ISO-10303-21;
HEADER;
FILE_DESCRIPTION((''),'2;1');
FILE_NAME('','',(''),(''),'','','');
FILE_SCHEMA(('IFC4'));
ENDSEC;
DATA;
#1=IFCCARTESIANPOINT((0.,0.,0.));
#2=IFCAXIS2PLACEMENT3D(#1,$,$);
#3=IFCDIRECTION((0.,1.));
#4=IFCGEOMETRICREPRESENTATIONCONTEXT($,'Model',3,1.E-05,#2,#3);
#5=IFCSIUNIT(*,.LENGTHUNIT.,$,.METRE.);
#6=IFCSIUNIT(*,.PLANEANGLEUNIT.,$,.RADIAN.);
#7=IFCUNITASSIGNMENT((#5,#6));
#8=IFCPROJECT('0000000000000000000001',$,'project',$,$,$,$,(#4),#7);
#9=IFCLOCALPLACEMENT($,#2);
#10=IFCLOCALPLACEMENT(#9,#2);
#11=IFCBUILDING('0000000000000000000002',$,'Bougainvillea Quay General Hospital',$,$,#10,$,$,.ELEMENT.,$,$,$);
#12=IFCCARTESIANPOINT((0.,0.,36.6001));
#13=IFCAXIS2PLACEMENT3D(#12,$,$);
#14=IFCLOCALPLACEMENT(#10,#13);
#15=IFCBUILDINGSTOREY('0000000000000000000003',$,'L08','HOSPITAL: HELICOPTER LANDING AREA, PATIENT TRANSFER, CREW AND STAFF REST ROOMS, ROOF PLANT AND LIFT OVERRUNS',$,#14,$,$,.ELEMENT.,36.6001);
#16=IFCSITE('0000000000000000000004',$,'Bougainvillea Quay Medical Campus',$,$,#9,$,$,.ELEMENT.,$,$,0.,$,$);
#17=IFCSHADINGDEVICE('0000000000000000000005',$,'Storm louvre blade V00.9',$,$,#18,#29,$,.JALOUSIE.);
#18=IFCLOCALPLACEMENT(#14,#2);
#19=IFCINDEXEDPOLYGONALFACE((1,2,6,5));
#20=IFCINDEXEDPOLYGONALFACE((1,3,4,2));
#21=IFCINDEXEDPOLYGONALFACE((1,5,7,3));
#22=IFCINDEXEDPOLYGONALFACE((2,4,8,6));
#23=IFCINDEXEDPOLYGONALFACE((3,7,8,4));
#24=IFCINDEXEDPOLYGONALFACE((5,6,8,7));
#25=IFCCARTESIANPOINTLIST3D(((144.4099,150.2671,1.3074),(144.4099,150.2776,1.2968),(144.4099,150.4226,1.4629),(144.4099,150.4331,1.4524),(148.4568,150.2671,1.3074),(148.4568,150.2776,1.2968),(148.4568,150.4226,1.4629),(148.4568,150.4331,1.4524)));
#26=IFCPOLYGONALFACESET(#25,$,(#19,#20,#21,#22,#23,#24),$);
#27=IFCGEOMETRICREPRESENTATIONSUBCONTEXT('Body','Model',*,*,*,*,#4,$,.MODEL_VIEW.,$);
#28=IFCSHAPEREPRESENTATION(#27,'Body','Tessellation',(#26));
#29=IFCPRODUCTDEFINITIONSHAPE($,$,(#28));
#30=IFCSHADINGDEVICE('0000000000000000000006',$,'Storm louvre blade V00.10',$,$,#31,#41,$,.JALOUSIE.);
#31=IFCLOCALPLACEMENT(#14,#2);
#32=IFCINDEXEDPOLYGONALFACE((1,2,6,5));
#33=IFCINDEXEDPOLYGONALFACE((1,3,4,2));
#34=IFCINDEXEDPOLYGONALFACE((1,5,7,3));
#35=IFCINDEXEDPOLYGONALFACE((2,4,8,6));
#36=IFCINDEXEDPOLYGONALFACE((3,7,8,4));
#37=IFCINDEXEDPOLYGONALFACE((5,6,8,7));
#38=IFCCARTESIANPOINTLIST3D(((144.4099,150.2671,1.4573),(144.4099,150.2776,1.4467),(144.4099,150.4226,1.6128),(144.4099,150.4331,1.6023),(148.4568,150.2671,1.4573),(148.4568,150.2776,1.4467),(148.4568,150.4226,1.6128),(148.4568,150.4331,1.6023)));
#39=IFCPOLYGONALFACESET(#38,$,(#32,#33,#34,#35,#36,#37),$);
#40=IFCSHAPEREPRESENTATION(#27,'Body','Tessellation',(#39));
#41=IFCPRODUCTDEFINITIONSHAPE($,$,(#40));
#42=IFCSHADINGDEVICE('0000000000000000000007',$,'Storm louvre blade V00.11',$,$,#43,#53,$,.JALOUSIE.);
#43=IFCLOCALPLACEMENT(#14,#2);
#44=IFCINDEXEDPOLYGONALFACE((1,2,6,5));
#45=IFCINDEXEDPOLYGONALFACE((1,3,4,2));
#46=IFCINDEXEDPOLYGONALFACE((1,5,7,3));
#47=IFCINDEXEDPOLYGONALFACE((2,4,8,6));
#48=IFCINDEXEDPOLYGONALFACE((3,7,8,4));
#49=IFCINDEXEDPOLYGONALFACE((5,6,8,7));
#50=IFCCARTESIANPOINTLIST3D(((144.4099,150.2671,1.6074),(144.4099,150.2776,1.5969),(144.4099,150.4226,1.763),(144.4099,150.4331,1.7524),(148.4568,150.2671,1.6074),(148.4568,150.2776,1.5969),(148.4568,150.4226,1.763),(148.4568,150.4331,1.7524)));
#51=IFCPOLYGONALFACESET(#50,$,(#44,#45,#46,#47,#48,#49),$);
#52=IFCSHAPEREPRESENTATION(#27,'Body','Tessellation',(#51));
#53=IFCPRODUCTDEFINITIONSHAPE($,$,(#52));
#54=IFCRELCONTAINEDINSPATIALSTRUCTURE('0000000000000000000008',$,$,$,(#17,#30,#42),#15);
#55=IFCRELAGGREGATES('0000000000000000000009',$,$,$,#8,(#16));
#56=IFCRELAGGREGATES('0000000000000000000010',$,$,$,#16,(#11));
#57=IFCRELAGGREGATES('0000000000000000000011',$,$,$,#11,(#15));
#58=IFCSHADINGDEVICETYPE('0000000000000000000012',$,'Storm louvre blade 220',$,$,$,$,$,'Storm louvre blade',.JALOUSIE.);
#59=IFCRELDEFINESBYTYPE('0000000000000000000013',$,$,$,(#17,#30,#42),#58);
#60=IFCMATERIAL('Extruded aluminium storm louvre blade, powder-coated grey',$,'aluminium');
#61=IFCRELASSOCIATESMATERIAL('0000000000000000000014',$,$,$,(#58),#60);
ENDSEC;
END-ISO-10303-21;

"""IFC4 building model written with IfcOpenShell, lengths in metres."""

from ifc_helpers import new_model, si_unit, direction, frame, origin, origin_2d, place, context, subcontext, project, spatial, rectangle, extrude, material, material_profile, profile_set, type_object, element, save


model = new_model("IFC4")

# Units and contexts
model_context = context("Model", 3, precision=1e-05, world=origin(), true_north=direction((0.0, 1.0)))
body_context = subcontext(model_context, "Body", "Model", "MODEL_VIEW")
ifc_project = project(units=[si_unit("LENGTHUNIT", "METRE"), si_unit("PLANEANGLEUNIT", "RADIAN")], contexts=[model_context])

# Site, building, storey
site_placement = place(None, origin())
site = spatial("IfcSite", under=ifc_project, at=site_placement, Name="Bougainvillea Quay Medical Campus", CompositionType="ELEMENT", RefElevation=0.0)
building_placement = place(site_placement, origin())
building = spatial("IfcBuilding", under=site, at=building_placement, Name="Bougainvillea Quay General Hospital", CompositionType="ELEMENT")
storey_placement = place(building_placement, frame((0.0, 0.0, 36.6001)))
storey = spatial("IfcBuildingStorey", under=building, at=storey_placement, Name="L08", Description="HOSPITAL: HELICOPTER LANDING AREA, PATIENT TRANSFER, CREW AND STAFF REST ROOMS, ROOF PLANT AND LIFT OVERRUNS", CompositionType="ELEMENT", Elevation=36.6001)

# Shading devices
ifc_material_1 = material(Name="Extruded aluminium storm louvre blade, powder-coated grey", Category="aluminium")
ifc_material_profile_1 = material_profile(ifc_material_1, rectangle(XDim=0.22, YDim=0.0149, at=origin_2d()))
ifc_profile_set_1 = profile_set([ifc_material_profile_1], Name="Extruded aluminium storm louvre blade, powder-coated grey")
shading_device_type_1 = type_object("IfcShadingDeviceType", Name="Storm louvre blade 220", ElementType="Storm louvre blade", PredefinedType="JALOUSIE", material=ifc_profile_set_1)
for number, where, z_axis, x_axis, name in (
    (1, (144.4099, 150.3501, 1.3799), (1.0, 0.0, 0.0), (0.0, 0.707107, 0.707107), "Storm louvre blade V00.9"),
    (2, (144.4099, 150.3501, 1.5298), (1.0, 0.0, 0.0), (0.0, 0.707107, 0.707107), "Storm louvre blade V00.10"),
    (3, (144.4099, 150.3501, 1.6799), (1.0, 0.0, 0.0), (0.0, 0.707107, 0.707107), "Storm louvre blade V00.11"),
):
    element("IfcShadingDevice", number, at=place(storey_placement, frame(where, z_axis=z_axis, x_axis=x_axis)), inside=storey, type_object=shading_device_type_1, Name=name, PredefinedType="JALOUSIE", context=body_context, shape_type="SweptSolid", body=[
        extrude(rectangle(XDim=0.22, YDim=0.0149, at=origin_2d()), origin(), (0.0, 0.0, 1.0), 4.0469),
    ])

save(model, "model.ifc")
